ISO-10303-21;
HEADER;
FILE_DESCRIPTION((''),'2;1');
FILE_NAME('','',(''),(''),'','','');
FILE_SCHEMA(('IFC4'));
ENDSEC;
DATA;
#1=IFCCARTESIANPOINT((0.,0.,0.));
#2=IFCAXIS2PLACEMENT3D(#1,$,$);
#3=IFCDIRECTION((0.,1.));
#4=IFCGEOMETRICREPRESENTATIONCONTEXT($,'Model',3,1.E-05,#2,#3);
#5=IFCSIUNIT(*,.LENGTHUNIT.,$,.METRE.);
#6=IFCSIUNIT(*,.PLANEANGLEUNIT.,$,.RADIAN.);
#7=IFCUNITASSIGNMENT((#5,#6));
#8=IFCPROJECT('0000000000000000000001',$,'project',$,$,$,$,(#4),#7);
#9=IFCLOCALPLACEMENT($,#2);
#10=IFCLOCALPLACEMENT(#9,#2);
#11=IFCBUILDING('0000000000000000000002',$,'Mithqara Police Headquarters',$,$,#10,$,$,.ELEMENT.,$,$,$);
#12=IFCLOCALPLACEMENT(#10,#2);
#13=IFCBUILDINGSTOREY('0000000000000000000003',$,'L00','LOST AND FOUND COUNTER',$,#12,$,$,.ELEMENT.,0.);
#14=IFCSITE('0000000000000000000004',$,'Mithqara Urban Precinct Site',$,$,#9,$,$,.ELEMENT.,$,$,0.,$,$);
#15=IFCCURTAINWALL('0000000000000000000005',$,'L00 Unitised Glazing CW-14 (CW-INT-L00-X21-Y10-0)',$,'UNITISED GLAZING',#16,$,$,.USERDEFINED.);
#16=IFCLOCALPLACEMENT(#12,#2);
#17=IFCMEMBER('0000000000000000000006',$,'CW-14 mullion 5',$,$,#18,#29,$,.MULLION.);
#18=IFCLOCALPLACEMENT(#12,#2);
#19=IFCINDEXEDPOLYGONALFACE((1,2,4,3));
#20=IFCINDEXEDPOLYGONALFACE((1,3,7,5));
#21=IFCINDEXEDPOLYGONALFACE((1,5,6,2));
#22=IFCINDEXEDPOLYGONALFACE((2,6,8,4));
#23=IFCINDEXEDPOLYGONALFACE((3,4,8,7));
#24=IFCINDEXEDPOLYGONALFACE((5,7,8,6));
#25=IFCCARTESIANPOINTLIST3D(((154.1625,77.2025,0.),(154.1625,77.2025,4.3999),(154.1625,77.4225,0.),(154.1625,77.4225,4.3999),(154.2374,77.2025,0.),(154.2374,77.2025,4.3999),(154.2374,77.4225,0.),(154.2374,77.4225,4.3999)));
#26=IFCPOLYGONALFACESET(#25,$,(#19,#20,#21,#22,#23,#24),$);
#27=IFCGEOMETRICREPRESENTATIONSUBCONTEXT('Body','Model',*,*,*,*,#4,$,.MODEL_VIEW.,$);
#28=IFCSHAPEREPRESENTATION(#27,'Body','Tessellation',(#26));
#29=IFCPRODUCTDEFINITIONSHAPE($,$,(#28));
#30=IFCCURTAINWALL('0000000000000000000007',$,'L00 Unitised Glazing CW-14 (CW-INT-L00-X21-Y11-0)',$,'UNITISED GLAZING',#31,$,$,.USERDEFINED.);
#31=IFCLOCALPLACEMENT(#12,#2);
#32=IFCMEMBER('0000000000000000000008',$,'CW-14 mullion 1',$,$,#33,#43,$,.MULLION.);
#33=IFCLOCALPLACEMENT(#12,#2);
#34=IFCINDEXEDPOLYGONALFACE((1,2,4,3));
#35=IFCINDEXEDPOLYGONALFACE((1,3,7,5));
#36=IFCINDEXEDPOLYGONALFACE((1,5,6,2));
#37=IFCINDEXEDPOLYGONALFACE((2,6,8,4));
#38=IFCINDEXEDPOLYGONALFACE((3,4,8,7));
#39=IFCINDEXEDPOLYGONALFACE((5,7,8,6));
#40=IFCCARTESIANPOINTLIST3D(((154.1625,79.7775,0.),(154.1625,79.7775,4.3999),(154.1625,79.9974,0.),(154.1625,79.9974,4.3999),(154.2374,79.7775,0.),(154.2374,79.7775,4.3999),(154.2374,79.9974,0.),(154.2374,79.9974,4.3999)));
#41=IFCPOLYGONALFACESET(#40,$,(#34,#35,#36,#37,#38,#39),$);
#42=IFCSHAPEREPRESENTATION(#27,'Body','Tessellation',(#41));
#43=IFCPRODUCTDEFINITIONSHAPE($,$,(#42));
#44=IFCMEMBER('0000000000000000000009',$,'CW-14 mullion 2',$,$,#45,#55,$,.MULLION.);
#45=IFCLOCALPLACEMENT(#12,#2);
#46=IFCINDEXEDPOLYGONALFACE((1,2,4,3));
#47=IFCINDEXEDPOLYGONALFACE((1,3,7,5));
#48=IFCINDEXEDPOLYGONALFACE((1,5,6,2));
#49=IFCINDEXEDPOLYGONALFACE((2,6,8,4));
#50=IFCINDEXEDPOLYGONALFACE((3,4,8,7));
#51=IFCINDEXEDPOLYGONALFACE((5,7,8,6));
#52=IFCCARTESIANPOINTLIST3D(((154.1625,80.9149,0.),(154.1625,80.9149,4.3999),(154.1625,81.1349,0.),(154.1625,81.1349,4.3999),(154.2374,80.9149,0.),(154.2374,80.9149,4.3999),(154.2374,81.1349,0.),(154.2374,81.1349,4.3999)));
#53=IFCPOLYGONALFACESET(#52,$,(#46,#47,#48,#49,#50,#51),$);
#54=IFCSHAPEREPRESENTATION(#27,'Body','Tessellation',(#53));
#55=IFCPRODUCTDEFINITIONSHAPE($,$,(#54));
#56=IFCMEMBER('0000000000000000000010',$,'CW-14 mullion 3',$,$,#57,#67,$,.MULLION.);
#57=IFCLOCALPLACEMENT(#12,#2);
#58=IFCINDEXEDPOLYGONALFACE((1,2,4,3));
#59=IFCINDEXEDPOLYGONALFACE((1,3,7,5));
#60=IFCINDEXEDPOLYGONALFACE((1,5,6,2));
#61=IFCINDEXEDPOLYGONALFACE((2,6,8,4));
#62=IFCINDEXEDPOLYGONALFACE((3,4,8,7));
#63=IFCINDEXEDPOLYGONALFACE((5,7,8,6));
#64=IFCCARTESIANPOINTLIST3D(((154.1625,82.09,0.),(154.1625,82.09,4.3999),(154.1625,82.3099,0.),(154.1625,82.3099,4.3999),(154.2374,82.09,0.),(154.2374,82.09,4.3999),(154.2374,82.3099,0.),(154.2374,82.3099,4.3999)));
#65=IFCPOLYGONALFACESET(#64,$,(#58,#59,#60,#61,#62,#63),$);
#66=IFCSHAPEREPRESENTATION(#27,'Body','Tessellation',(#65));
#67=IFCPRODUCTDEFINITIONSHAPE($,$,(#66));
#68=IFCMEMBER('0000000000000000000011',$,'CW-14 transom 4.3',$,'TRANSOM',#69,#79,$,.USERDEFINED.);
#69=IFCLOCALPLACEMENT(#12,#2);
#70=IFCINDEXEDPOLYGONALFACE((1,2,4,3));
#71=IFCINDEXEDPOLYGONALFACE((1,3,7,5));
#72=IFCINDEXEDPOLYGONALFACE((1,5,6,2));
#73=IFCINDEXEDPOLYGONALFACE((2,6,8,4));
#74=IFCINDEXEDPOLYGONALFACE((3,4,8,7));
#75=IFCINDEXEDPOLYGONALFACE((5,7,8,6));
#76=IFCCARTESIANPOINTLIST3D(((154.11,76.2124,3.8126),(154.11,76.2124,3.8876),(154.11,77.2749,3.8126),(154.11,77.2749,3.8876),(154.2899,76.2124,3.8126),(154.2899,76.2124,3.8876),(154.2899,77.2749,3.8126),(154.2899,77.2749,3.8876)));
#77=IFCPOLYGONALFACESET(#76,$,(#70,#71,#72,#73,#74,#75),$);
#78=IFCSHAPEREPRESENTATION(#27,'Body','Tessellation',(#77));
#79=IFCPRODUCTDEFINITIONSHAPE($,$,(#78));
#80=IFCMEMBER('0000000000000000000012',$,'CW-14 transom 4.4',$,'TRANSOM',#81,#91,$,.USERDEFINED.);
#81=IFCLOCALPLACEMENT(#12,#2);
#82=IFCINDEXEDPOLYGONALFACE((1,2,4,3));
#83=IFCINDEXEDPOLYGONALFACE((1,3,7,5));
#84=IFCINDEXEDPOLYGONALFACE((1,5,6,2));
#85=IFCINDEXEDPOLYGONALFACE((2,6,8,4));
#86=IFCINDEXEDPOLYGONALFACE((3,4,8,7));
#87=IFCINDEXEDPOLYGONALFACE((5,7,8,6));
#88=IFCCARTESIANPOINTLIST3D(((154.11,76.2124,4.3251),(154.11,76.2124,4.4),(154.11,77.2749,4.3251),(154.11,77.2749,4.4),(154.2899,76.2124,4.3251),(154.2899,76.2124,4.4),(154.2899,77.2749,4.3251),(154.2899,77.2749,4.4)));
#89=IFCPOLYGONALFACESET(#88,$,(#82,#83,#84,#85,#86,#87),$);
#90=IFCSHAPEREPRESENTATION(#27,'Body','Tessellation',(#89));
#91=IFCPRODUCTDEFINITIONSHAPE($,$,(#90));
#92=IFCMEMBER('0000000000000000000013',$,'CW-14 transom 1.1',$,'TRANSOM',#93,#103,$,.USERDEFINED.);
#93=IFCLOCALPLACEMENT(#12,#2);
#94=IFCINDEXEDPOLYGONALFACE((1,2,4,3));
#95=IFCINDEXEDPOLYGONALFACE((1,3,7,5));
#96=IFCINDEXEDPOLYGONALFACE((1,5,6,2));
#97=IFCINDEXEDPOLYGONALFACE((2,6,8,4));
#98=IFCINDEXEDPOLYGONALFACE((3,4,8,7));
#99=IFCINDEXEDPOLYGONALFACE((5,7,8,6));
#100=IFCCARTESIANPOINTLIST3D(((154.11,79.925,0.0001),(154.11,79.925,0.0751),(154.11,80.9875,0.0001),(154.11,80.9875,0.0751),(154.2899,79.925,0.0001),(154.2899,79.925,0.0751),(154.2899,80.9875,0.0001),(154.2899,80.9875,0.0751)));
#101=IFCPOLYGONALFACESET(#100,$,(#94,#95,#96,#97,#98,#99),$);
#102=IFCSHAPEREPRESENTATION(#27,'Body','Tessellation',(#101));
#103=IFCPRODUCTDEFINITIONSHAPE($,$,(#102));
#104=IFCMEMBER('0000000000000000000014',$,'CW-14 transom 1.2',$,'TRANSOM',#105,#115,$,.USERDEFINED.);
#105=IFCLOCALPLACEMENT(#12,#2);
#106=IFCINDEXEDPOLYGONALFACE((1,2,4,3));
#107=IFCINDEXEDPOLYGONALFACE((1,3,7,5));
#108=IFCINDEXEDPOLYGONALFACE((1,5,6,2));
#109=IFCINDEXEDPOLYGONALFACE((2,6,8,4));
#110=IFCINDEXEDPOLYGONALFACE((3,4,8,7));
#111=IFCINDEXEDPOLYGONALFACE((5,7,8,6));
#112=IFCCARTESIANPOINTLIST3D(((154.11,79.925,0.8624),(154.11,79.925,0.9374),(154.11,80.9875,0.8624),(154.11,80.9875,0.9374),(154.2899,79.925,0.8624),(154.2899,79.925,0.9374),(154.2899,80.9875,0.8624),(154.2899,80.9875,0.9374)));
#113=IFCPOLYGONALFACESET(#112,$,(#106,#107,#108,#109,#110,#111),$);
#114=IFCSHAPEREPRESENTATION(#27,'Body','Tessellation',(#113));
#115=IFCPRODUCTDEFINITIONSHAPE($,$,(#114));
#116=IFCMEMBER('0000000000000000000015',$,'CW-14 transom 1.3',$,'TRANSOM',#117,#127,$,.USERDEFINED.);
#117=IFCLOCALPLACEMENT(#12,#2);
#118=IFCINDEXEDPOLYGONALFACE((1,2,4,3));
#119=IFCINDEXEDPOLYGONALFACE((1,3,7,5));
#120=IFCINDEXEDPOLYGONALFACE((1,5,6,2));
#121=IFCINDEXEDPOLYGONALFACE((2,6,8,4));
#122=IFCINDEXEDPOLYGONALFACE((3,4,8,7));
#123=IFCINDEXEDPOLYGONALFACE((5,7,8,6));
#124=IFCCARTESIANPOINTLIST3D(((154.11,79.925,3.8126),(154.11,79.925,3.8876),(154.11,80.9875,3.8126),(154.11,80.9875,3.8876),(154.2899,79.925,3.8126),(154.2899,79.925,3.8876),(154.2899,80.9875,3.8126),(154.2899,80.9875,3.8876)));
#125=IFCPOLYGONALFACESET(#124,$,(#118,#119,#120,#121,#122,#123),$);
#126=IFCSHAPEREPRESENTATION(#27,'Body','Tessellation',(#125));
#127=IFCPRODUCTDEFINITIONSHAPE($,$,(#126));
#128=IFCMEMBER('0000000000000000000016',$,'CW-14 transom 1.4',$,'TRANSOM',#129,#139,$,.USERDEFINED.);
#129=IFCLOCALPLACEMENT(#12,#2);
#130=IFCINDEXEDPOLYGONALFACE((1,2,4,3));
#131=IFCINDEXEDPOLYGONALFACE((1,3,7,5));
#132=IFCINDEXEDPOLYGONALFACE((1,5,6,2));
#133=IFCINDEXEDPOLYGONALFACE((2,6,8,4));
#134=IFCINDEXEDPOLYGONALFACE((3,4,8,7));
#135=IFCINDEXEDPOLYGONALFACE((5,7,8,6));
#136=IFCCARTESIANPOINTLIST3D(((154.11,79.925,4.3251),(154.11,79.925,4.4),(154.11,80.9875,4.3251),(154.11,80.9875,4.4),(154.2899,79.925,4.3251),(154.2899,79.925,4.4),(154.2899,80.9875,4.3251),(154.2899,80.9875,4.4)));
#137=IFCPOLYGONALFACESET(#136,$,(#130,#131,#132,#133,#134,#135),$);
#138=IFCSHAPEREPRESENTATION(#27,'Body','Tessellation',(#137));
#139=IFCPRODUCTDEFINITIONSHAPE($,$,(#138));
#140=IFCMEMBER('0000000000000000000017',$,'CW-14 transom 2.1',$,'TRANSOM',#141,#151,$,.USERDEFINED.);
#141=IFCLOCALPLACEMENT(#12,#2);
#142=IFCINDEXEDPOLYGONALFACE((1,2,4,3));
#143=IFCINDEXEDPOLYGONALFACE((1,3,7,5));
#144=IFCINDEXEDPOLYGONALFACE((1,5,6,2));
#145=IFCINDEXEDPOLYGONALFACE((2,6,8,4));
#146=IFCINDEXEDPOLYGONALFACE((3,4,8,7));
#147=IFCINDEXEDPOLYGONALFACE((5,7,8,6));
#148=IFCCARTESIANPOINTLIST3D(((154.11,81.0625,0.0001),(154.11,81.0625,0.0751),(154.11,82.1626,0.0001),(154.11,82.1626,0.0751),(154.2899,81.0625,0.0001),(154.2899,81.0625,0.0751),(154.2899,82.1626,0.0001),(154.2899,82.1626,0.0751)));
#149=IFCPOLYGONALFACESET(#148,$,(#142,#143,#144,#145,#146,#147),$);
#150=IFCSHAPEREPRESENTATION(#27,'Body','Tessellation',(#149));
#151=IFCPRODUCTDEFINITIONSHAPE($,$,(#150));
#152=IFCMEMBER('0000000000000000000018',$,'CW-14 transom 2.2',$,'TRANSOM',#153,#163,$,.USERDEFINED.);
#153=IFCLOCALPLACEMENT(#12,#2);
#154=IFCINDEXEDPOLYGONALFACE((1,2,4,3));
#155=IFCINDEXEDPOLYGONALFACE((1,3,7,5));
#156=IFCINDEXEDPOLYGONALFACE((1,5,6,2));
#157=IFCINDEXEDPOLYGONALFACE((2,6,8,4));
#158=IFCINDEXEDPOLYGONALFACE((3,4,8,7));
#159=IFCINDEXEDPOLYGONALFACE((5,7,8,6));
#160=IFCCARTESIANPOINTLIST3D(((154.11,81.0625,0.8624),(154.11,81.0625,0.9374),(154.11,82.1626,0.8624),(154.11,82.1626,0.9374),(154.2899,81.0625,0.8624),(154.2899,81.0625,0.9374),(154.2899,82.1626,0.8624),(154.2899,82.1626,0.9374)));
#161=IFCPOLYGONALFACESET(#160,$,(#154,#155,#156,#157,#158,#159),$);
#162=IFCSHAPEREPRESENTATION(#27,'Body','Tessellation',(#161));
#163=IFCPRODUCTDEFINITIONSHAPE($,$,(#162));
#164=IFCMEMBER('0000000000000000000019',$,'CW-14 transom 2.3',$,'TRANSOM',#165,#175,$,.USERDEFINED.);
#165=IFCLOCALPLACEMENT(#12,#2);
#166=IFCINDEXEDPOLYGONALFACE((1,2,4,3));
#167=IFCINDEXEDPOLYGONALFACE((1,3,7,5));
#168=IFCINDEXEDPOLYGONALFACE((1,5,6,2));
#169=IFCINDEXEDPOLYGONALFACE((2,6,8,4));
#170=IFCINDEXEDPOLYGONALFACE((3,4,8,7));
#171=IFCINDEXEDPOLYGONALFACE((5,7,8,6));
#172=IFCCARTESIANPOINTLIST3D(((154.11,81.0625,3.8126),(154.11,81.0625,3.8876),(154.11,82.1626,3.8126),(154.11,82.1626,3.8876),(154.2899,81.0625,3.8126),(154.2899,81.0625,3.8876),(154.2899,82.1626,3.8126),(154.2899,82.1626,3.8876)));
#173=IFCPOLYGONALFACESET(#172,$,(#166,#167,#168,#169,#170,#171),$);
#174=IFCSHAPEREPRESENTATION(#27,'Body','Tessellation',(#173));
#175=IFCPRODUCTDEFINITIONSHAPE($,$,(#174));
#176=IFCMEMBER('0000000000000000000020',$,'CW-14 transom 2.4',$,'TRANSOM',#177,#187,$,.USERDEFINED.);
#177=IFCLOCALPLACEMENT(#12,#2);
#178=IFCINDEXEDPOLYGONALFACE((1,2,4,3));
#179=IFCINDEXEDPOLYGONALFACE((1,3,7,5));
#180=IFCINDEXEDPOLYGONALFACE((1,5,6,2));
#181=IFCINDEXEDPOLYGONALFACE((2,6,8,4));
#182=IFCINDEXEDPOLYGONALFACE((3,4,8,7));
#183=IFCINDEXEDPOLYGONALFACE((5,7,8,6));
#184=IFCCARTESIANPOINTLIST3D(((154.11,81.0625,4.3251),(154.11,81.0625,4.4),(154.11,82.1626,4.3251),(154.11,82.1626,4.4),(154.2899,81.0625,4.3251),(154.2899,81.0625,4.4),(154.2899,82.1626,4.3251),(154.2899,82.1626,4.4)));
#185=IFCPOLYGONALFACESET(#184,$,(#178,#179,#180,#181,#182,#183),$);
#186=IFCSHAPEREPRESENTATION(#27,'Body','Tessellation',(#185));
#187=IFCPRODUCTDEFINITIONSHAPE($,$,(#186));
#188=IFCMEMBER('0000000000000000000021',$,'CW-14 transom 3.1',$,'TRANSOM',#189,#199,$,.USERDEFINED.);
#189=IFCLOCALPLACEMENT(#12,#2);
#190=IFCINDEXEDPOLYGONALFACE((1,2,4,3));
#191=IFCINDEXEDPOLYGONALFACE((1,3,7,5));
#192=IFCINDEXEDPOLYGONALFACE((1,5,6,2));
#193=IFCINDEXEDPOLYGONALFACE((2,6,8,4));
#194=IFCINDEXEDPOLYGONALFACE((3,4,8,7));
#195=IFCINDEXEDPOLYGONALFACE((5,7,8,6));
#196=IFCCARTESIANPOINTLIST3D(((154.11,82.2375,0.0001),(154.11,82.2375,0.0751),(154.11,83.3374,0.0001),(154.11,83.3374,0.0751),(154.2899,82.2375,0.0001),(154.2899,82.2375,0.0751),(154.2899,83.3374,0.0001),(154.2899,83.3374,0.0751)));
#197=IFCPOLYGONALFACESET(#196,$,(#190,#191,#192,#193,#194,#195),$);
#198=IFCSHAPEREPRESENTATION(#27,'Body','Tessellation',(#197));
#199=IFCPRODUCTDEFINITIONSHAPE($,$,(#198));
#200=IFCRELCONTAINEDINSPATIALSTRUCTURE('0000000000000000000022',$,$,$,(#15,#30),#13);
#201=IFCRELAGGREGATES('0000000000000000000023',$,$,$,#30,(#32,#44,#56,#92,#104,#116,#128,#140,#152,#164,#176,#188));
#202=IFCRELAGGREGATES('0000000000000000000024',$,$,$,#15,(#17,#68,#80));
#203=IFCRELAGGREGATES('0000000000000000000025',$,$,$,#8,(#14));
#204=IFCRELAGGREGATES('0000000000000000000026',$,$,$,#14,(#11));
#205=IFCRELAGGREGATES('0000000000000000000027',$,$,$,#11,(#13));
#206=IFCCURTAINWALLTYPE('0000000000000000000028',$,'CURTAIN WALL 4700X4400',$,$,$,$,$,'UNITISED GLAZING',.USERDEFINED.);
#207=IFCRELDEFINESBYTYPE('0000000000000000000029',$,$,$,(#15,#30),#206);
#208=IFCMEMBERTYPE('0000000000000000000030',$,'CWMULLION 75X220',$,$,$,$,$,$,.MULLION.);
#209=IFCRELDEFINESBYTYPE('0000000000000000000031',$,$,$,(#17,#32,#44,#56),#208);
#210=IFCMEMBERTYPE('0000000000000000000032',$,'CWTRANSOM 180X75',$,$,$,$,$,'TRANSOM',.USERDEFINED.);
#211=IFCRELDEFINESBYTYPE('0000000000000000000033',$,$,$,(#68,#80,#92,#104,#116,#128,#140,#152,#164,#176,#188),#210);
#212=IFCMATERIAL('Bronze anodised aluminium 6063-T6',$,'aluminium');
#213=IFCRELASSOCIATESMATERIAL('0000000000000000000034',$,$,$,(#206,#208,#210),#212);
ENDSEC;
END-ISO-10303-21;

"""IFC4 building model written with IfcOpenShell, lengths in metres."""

from ifc_helpers import new_model, si_unit, direction, frame, origin, origin_2d, place, context, subcontext, project, spatial, rectangle, extrude, material, material_profile, profile_set, type_object, element, aggregate, save


model = new_model("IFC4")

# Units and contexts
model_context = context("Model", 3, precision=1e-05, world=origin(), true_north=direction((0.0, 1.0)))
body_context = subcontext(model_context, "Body", "Model", "MODEL_VIEW")
ifc_project = project(units=[si_unit("LENGTHUNIT", "METRE"), si_unit("PLANEANGLEUNIT", "RADIAN")], contexts=[model_context])

# Site, building, storey
site_placement = place(None, origin())
site = spatial("IfcSite", under=ifc_project, at=site_placement, Name="Mithqara Urban Precinct Site", CompositionType="ELEMENT", RefElevation=0.0)
building_placement = place(site_placement, origin())
building = spatial("IfcBuilding", under=site, at=building_placement, Name="Mithqara Police Headquarters", CompositionType="ELEMENT")
storey_placement = place(building_placement, origin())
storey = spatial("IfcBuildingStorey", under=building, at=storey_placement, Name="L00", Description="LOST AND FOUND COUNTER", CompositionType="ELEMENT", Elevation=0.0)

# Curtain wall, member
ifc_material_1 = material(Name="Bronze anodised aluminium 6063-T6", Category="aluminium")
curtain_wall_type = type_object("IfcCurtainWallType", Name="CURTAIN WALL 4700X4400", ElementType="UNITISED GLAZING", PredefinedType="USERDEFINED", material=ifc_material_1)
curtain_wall_1_placement = place(storey_placement, origin())
curtain_wall_1 = element("IfcCurtainWall", 1, at=curtain_wall_1_placement, inside=storey, type_object=curtain_wall_type, Name="L00 Unitised Glazing CW-14 (CW-INT-L00-X21-Y10-0)", ObjectType="UNITISED GLAZING", PredefinedType="USERDEFINED")
ifc_material_profile_1 = material_profile(ifc_material_1, rectangle(XDim=0.075, YDim=0.22, at=origin_2d()), Name="CWM 75x220")
ifc_profile_set_1 = profile_set([ifc_material_profile_1], Name="Bronze anodised aluminium 6063-T6")
member_type_1 = type_object("IfcMemberType", Name="CWMULLION 75X220", PredefinedType="MULLION", material=ifc_profile_set_1)
member_1_placement = place(storey_placement, frame((154.2, 77.3125, 0.0), z_axis=(0.0, 0.0, 1.0), x_axis=(-1.0, 0.0, 0.0)))
member_1 = element("IfcMember", 2, at=member_1_placement, type_object=member_type_1, Name="CW-14 mullion 5", PredefinedType="MULLION", context=body_context, shape_type="SweptSolid", body=[
    extrude(rectangle(XDim=0.075, YDim=0.22, at=origin_2d()), origin(), (0.0, 0.0, 1.0), 4.3999),
])

# Curtain wall, members
curtain_wall_2_placement = place(storey_placement, origin())
curtain_wall_2 = element("IfcCurtainWall", 3, at=curtain_wall_2_placement, inside=storey, type_object=curtain_wall_type, Name="L00 Unitised Glazing CW-14 (CW-INT-L00-X21-Y11-0)", ObjectType="UNITISED GLAZING", PredefinedType="USERDEFINED")
member_2_placement = place(storey_placement, frame((154.2, 79.8875, 0.0), z_axis=(0.0, 0.0, 1.0), x_axis=(-1.0, 0.0, 0.0)))
member_2 = element("IfcMember", 4, at=member_2_placement, type_object=member_type_1, Name="CW-14 mullion 1", PredefinedType="MULLION", context=body_context, shape_type="SweptSolid", body=[
    extrude(rectangle(XDim=0.075, YDim=0.22, at=origin_2d()), origin(), (0.0, 0.0, 1.0), 4.3999),
])
member_3_placement = place(storey_placement, frame((154.2, 81.0249, 0.0), z_axis=(0.0, 0.0, 1.0), x_axis=(-1.0, 0.0, 0.0)))
member_3 = element("IfcMember", 5, at=member_3_placement, type_object=member_type_1, Name="CW-14 mullion 2", PredefinedType="MULLION", context=body_context, shape_type="SweptSolid", body=[
    extrude(rectangle(XDim=0.075, YDim=0.22, at=origin_2d()), origin(), (0.0, 0.0, 1.0), 4.3999),
])
member_4_placement = place(storey_placement, frame((154.2, 82.2, 0.0), z_axis=(0.0, 0.0, 1.0), x_axis=(-1.0, 0.0, 0.0)))
member_4 = element("IfcMember", 6, at=member_4_placement, type_object=member_type_1, Name="CW-14 mullion 3", PredefinedType="MULLION", context=body_context, shape_type="SweptSolid", body=[
    extrude(rectangle(XDim=0.075, YDim=0.22, at=origin_2d()), origin(), (0.0, 0.0, 1.0), 4.3999),
])

# Members
ifc_material_profile_2 = material_profile(ifc_material_1, rectangle(XDim=0.1799, YDim=0.075, at=origin_2d()), Name="CWT 180x75")
ifc_profile_set_2 = profile_set([ifc_material_profile_2], Name="Bronze anodised aluminium 6063-T6")
member_type_2 = type_object("IfcMemberType", Name="CWTRANSOM 180X75", ElementType="TRANSOM", PredefinedType="USERDEFINED", material=ifc_profile_set_2)
member_5_placement = place(storey_placement, frame((154.2, 76.2124, 3.8501), z_axis=(0.0, 1.0, 0.0), x_axis=(-1.0, 0.0, 0.0)))
member_5 = element("IfcMember", 7, at=member_5_placement, type_object=member_type_2, Name="CW-14 transom 4.3", ObjectType="TRANSOM", PredefinedType="USERDEFINED", context=body_context, shape_type="SweptSolid", body=[
    extrude(rectangle(XDim=0.1799, YDim=0.075, at=origin_2d()), origin(), (0.0, 0.0, 1.0), 1.0625),
])
member_6_placement = place(storey_placement, frame((154.2, 76.2124, 4.3625), z_axis=(0.0, 1.0, 0.0), x_axis=(-1.0, 0.0, 0.0)))
member_6 = element("IfcMember", 8, at=member_6_placement, type_object=member_type_2, Name="CW-14 transom 4.4", ObjectType="TRANSOM", PredefinedType="USERDEFINED", context=body_context, shape_type="SweptSolid", body=[
    extrude(rectangle(XDim=0.1799, YDim=0.075, at=origin_2d()), origin(), (0.0, 0.0, 1.0), 1.0625),
])
member_7_placement = place(storey_placement, frame((154.2, 79.925, 0.0376), z_axis=(0.0, 1.0, 0.0), x_axis=(-1.0, 0.0, 0.0)))
member_7 = element("IfcMember", 9, at=member_7_placement, type_object=member_type_2, Name="CW-14 transom 1.1", ObjectType="TRANSOM", PredefinedType="USERDEFINED", context=body_context, shape_type="SweptSolid", body=[
    extrude(rectangle(XDim=0.1799, YDim=0.075, at=origin_2d()), origin(), (0.0, 0.0, 1.0), 1.0625),
])
member_8_placement = place(storey_placement, frame((154.2, 79.925, 0.8999), z_axis=(0.0, 1.0, 0.0), x_axis=(-1.0, 0.0, 0.0)))
member_8 = element("IfcMember", 10, at=member_8_placement, type_object=member_type_2, Name="CW-14 transom 1.2", ObjectType="TRANSOM", PredefinedType="USERDEFINED", context=body_context, shape_type="SweptSolid", body=[
    extrude(rectangle(XDim=0.1799, YDim=0.075, at=origin_2d()), origin(), (0.0, 0.0, 1.0), 1.0625),
])
member_9_placement = place(storey_placement, frame((154.2, 79.925, 3.8501), z_axis=(0.0, 1.0, 0.0), x_axis=(-1.0, 0.0, 0.0)))
member_9 = element("IfcMember", 11, at=member_9_placement, type_object=member_type_2, Name="CW-14 transom 1.3", ObjectType="TRANSOM", PredefinedType="USERDEFINED", context=body_context, shape_type="SweptSolid", body=[
    extrude(rectangle(XDim=0.1799, YDim=0.075, at=origin_2d()), origin(), (0.0, 0.0, 1.0), 1.0625),
])
member_10_placement = place(storey_placement, frame((154.2, 79.925, 4.3625), z_axis=(0.0, 1.0, 0.0), x_axis=(-1.0, 0.0, 0.0)))
member_10 = element("IfcMember", 12, at=member_10_placement, type_object=member_type_2, Name="CW-14 transom 1.4", ObjectType="TRANSOM", PredefinedType="USERDEFINED", context=body_context, shape_type="SweptSolid", body=[
    extrude(rectangle(XDim=0.1799, YDim=0.075, at=origin_2d()), origin(), (0.0, 0.0, 1.0), 1.0625),
])
member_11_placement = place(storey_placement, frame((154.2, 81.0625, 0.0376), z_axis=(0.0, 1.0, 0.0), x_axis=(-1.0, 0.0, 0.0)))
member_11 = element("IfcMember", 13, at=member_11_placement, type_object=member_type_2, Name="CW-14 transom 2.1", ObjectType="TRANSOM", PredefinedType="USERDEFINED", context=body_context, shape_type="SweptSolid", body=[
    extrude(rectangle(XDim=0.1799, YDim=0.075, at=origin_2d()), origin(), (0.0, 0.0, 1.0), 1.1001),
])
member_12_placement = place(storey_placement, frame((154.2, 81.0625, 0.8999), z_axis=(0.0, 1.0, 0.0), x_axis=(-1.0, 0.0, 0.0)))
member_12 = element("IfcMember", 14, at=member_12_placement, type_object=member_type_2, Name="CW-14 transom 2.2", ObjectType="TRANSOM", PredefinedType="USERDEFINED", context=body_context, shape_type="SweptSolid", body=[
    extrude(rectangle(XDim=0.1799, YDim=0.075, at=origin_2d()), origin(), (0.0, 0.0, 1.0), 1.1001),
])
member_13_placement = place(storey_placement, frame((154.2, 81.0625, 3.8501), z_axis=(0.0, 1.0, 0.0), x_axis=(-1.0, 0.0, 0.0)))
member_13 = element("IfcMember", 15, at=member_13_placement, type_object=member_type_2, Name="CW-14 transom 2.3", ObjectType="TRANSOM", PredefinedType="USERDEFINED", context=body_context, shape_type="SweptSolid", body=[
    extrude(rectangle(XDim=0.1799, YDim=0.075, at=origin_2d()), origin(), (0.0, 0.0, 1.0), 1.1001),
])
member_14_placement = place(storey_placement, frame((154.2, 81.0625, 4.3625), z_axis=(0.0, 1.0, 0.0), x_axis=(-1.0, 0.0, 0.0)))
member_14 = element("IfcMember", 16, at=member_14_placement, type_object=member_type_2, Name="CW-14 transom 2.4", ObjectType="TRANSOM", PredefinedType="USERDEFINED", context=body_context, shape_type="SweptSolid", body=[
    extrude(rectangle(XDim=0.1799, YDim=0.075, at=origin_2d()), origin(), (0.0, 0.0, 1.0), 1.1001),
])
member_15_placement = place(storey_placement, frame((154.2, 82.2375, 0.0376), z_axis=(0.0, 1.0, 0.0), x_axis=(-1.0, 0.0, 0.0)))
member_15 = element("IfcMember", 17, at=member_15_placement, type_object=member_type_2, Name="CW-14 transom 3.1", ObjectType="TRANSOM", PredefinedType="USERDEFINED", context=body_context, shape_type="SweptSolid", body=[
    extrude(rectangle(XDim=0.1799, YDim=0.075, at=origin_2d()), origin(), (0.0, 0.0, 1.0), 1.0999),
])

aggregate(curtain_wall_2, [member_2, member_3, member_4, member_7, member_8, member_9, member_10, member_11, member_12, member_13, member_14, member_15])
aggregate(curtain_wall_1, [member_1, member_5, member_6])

save(model, "model.ifc")
